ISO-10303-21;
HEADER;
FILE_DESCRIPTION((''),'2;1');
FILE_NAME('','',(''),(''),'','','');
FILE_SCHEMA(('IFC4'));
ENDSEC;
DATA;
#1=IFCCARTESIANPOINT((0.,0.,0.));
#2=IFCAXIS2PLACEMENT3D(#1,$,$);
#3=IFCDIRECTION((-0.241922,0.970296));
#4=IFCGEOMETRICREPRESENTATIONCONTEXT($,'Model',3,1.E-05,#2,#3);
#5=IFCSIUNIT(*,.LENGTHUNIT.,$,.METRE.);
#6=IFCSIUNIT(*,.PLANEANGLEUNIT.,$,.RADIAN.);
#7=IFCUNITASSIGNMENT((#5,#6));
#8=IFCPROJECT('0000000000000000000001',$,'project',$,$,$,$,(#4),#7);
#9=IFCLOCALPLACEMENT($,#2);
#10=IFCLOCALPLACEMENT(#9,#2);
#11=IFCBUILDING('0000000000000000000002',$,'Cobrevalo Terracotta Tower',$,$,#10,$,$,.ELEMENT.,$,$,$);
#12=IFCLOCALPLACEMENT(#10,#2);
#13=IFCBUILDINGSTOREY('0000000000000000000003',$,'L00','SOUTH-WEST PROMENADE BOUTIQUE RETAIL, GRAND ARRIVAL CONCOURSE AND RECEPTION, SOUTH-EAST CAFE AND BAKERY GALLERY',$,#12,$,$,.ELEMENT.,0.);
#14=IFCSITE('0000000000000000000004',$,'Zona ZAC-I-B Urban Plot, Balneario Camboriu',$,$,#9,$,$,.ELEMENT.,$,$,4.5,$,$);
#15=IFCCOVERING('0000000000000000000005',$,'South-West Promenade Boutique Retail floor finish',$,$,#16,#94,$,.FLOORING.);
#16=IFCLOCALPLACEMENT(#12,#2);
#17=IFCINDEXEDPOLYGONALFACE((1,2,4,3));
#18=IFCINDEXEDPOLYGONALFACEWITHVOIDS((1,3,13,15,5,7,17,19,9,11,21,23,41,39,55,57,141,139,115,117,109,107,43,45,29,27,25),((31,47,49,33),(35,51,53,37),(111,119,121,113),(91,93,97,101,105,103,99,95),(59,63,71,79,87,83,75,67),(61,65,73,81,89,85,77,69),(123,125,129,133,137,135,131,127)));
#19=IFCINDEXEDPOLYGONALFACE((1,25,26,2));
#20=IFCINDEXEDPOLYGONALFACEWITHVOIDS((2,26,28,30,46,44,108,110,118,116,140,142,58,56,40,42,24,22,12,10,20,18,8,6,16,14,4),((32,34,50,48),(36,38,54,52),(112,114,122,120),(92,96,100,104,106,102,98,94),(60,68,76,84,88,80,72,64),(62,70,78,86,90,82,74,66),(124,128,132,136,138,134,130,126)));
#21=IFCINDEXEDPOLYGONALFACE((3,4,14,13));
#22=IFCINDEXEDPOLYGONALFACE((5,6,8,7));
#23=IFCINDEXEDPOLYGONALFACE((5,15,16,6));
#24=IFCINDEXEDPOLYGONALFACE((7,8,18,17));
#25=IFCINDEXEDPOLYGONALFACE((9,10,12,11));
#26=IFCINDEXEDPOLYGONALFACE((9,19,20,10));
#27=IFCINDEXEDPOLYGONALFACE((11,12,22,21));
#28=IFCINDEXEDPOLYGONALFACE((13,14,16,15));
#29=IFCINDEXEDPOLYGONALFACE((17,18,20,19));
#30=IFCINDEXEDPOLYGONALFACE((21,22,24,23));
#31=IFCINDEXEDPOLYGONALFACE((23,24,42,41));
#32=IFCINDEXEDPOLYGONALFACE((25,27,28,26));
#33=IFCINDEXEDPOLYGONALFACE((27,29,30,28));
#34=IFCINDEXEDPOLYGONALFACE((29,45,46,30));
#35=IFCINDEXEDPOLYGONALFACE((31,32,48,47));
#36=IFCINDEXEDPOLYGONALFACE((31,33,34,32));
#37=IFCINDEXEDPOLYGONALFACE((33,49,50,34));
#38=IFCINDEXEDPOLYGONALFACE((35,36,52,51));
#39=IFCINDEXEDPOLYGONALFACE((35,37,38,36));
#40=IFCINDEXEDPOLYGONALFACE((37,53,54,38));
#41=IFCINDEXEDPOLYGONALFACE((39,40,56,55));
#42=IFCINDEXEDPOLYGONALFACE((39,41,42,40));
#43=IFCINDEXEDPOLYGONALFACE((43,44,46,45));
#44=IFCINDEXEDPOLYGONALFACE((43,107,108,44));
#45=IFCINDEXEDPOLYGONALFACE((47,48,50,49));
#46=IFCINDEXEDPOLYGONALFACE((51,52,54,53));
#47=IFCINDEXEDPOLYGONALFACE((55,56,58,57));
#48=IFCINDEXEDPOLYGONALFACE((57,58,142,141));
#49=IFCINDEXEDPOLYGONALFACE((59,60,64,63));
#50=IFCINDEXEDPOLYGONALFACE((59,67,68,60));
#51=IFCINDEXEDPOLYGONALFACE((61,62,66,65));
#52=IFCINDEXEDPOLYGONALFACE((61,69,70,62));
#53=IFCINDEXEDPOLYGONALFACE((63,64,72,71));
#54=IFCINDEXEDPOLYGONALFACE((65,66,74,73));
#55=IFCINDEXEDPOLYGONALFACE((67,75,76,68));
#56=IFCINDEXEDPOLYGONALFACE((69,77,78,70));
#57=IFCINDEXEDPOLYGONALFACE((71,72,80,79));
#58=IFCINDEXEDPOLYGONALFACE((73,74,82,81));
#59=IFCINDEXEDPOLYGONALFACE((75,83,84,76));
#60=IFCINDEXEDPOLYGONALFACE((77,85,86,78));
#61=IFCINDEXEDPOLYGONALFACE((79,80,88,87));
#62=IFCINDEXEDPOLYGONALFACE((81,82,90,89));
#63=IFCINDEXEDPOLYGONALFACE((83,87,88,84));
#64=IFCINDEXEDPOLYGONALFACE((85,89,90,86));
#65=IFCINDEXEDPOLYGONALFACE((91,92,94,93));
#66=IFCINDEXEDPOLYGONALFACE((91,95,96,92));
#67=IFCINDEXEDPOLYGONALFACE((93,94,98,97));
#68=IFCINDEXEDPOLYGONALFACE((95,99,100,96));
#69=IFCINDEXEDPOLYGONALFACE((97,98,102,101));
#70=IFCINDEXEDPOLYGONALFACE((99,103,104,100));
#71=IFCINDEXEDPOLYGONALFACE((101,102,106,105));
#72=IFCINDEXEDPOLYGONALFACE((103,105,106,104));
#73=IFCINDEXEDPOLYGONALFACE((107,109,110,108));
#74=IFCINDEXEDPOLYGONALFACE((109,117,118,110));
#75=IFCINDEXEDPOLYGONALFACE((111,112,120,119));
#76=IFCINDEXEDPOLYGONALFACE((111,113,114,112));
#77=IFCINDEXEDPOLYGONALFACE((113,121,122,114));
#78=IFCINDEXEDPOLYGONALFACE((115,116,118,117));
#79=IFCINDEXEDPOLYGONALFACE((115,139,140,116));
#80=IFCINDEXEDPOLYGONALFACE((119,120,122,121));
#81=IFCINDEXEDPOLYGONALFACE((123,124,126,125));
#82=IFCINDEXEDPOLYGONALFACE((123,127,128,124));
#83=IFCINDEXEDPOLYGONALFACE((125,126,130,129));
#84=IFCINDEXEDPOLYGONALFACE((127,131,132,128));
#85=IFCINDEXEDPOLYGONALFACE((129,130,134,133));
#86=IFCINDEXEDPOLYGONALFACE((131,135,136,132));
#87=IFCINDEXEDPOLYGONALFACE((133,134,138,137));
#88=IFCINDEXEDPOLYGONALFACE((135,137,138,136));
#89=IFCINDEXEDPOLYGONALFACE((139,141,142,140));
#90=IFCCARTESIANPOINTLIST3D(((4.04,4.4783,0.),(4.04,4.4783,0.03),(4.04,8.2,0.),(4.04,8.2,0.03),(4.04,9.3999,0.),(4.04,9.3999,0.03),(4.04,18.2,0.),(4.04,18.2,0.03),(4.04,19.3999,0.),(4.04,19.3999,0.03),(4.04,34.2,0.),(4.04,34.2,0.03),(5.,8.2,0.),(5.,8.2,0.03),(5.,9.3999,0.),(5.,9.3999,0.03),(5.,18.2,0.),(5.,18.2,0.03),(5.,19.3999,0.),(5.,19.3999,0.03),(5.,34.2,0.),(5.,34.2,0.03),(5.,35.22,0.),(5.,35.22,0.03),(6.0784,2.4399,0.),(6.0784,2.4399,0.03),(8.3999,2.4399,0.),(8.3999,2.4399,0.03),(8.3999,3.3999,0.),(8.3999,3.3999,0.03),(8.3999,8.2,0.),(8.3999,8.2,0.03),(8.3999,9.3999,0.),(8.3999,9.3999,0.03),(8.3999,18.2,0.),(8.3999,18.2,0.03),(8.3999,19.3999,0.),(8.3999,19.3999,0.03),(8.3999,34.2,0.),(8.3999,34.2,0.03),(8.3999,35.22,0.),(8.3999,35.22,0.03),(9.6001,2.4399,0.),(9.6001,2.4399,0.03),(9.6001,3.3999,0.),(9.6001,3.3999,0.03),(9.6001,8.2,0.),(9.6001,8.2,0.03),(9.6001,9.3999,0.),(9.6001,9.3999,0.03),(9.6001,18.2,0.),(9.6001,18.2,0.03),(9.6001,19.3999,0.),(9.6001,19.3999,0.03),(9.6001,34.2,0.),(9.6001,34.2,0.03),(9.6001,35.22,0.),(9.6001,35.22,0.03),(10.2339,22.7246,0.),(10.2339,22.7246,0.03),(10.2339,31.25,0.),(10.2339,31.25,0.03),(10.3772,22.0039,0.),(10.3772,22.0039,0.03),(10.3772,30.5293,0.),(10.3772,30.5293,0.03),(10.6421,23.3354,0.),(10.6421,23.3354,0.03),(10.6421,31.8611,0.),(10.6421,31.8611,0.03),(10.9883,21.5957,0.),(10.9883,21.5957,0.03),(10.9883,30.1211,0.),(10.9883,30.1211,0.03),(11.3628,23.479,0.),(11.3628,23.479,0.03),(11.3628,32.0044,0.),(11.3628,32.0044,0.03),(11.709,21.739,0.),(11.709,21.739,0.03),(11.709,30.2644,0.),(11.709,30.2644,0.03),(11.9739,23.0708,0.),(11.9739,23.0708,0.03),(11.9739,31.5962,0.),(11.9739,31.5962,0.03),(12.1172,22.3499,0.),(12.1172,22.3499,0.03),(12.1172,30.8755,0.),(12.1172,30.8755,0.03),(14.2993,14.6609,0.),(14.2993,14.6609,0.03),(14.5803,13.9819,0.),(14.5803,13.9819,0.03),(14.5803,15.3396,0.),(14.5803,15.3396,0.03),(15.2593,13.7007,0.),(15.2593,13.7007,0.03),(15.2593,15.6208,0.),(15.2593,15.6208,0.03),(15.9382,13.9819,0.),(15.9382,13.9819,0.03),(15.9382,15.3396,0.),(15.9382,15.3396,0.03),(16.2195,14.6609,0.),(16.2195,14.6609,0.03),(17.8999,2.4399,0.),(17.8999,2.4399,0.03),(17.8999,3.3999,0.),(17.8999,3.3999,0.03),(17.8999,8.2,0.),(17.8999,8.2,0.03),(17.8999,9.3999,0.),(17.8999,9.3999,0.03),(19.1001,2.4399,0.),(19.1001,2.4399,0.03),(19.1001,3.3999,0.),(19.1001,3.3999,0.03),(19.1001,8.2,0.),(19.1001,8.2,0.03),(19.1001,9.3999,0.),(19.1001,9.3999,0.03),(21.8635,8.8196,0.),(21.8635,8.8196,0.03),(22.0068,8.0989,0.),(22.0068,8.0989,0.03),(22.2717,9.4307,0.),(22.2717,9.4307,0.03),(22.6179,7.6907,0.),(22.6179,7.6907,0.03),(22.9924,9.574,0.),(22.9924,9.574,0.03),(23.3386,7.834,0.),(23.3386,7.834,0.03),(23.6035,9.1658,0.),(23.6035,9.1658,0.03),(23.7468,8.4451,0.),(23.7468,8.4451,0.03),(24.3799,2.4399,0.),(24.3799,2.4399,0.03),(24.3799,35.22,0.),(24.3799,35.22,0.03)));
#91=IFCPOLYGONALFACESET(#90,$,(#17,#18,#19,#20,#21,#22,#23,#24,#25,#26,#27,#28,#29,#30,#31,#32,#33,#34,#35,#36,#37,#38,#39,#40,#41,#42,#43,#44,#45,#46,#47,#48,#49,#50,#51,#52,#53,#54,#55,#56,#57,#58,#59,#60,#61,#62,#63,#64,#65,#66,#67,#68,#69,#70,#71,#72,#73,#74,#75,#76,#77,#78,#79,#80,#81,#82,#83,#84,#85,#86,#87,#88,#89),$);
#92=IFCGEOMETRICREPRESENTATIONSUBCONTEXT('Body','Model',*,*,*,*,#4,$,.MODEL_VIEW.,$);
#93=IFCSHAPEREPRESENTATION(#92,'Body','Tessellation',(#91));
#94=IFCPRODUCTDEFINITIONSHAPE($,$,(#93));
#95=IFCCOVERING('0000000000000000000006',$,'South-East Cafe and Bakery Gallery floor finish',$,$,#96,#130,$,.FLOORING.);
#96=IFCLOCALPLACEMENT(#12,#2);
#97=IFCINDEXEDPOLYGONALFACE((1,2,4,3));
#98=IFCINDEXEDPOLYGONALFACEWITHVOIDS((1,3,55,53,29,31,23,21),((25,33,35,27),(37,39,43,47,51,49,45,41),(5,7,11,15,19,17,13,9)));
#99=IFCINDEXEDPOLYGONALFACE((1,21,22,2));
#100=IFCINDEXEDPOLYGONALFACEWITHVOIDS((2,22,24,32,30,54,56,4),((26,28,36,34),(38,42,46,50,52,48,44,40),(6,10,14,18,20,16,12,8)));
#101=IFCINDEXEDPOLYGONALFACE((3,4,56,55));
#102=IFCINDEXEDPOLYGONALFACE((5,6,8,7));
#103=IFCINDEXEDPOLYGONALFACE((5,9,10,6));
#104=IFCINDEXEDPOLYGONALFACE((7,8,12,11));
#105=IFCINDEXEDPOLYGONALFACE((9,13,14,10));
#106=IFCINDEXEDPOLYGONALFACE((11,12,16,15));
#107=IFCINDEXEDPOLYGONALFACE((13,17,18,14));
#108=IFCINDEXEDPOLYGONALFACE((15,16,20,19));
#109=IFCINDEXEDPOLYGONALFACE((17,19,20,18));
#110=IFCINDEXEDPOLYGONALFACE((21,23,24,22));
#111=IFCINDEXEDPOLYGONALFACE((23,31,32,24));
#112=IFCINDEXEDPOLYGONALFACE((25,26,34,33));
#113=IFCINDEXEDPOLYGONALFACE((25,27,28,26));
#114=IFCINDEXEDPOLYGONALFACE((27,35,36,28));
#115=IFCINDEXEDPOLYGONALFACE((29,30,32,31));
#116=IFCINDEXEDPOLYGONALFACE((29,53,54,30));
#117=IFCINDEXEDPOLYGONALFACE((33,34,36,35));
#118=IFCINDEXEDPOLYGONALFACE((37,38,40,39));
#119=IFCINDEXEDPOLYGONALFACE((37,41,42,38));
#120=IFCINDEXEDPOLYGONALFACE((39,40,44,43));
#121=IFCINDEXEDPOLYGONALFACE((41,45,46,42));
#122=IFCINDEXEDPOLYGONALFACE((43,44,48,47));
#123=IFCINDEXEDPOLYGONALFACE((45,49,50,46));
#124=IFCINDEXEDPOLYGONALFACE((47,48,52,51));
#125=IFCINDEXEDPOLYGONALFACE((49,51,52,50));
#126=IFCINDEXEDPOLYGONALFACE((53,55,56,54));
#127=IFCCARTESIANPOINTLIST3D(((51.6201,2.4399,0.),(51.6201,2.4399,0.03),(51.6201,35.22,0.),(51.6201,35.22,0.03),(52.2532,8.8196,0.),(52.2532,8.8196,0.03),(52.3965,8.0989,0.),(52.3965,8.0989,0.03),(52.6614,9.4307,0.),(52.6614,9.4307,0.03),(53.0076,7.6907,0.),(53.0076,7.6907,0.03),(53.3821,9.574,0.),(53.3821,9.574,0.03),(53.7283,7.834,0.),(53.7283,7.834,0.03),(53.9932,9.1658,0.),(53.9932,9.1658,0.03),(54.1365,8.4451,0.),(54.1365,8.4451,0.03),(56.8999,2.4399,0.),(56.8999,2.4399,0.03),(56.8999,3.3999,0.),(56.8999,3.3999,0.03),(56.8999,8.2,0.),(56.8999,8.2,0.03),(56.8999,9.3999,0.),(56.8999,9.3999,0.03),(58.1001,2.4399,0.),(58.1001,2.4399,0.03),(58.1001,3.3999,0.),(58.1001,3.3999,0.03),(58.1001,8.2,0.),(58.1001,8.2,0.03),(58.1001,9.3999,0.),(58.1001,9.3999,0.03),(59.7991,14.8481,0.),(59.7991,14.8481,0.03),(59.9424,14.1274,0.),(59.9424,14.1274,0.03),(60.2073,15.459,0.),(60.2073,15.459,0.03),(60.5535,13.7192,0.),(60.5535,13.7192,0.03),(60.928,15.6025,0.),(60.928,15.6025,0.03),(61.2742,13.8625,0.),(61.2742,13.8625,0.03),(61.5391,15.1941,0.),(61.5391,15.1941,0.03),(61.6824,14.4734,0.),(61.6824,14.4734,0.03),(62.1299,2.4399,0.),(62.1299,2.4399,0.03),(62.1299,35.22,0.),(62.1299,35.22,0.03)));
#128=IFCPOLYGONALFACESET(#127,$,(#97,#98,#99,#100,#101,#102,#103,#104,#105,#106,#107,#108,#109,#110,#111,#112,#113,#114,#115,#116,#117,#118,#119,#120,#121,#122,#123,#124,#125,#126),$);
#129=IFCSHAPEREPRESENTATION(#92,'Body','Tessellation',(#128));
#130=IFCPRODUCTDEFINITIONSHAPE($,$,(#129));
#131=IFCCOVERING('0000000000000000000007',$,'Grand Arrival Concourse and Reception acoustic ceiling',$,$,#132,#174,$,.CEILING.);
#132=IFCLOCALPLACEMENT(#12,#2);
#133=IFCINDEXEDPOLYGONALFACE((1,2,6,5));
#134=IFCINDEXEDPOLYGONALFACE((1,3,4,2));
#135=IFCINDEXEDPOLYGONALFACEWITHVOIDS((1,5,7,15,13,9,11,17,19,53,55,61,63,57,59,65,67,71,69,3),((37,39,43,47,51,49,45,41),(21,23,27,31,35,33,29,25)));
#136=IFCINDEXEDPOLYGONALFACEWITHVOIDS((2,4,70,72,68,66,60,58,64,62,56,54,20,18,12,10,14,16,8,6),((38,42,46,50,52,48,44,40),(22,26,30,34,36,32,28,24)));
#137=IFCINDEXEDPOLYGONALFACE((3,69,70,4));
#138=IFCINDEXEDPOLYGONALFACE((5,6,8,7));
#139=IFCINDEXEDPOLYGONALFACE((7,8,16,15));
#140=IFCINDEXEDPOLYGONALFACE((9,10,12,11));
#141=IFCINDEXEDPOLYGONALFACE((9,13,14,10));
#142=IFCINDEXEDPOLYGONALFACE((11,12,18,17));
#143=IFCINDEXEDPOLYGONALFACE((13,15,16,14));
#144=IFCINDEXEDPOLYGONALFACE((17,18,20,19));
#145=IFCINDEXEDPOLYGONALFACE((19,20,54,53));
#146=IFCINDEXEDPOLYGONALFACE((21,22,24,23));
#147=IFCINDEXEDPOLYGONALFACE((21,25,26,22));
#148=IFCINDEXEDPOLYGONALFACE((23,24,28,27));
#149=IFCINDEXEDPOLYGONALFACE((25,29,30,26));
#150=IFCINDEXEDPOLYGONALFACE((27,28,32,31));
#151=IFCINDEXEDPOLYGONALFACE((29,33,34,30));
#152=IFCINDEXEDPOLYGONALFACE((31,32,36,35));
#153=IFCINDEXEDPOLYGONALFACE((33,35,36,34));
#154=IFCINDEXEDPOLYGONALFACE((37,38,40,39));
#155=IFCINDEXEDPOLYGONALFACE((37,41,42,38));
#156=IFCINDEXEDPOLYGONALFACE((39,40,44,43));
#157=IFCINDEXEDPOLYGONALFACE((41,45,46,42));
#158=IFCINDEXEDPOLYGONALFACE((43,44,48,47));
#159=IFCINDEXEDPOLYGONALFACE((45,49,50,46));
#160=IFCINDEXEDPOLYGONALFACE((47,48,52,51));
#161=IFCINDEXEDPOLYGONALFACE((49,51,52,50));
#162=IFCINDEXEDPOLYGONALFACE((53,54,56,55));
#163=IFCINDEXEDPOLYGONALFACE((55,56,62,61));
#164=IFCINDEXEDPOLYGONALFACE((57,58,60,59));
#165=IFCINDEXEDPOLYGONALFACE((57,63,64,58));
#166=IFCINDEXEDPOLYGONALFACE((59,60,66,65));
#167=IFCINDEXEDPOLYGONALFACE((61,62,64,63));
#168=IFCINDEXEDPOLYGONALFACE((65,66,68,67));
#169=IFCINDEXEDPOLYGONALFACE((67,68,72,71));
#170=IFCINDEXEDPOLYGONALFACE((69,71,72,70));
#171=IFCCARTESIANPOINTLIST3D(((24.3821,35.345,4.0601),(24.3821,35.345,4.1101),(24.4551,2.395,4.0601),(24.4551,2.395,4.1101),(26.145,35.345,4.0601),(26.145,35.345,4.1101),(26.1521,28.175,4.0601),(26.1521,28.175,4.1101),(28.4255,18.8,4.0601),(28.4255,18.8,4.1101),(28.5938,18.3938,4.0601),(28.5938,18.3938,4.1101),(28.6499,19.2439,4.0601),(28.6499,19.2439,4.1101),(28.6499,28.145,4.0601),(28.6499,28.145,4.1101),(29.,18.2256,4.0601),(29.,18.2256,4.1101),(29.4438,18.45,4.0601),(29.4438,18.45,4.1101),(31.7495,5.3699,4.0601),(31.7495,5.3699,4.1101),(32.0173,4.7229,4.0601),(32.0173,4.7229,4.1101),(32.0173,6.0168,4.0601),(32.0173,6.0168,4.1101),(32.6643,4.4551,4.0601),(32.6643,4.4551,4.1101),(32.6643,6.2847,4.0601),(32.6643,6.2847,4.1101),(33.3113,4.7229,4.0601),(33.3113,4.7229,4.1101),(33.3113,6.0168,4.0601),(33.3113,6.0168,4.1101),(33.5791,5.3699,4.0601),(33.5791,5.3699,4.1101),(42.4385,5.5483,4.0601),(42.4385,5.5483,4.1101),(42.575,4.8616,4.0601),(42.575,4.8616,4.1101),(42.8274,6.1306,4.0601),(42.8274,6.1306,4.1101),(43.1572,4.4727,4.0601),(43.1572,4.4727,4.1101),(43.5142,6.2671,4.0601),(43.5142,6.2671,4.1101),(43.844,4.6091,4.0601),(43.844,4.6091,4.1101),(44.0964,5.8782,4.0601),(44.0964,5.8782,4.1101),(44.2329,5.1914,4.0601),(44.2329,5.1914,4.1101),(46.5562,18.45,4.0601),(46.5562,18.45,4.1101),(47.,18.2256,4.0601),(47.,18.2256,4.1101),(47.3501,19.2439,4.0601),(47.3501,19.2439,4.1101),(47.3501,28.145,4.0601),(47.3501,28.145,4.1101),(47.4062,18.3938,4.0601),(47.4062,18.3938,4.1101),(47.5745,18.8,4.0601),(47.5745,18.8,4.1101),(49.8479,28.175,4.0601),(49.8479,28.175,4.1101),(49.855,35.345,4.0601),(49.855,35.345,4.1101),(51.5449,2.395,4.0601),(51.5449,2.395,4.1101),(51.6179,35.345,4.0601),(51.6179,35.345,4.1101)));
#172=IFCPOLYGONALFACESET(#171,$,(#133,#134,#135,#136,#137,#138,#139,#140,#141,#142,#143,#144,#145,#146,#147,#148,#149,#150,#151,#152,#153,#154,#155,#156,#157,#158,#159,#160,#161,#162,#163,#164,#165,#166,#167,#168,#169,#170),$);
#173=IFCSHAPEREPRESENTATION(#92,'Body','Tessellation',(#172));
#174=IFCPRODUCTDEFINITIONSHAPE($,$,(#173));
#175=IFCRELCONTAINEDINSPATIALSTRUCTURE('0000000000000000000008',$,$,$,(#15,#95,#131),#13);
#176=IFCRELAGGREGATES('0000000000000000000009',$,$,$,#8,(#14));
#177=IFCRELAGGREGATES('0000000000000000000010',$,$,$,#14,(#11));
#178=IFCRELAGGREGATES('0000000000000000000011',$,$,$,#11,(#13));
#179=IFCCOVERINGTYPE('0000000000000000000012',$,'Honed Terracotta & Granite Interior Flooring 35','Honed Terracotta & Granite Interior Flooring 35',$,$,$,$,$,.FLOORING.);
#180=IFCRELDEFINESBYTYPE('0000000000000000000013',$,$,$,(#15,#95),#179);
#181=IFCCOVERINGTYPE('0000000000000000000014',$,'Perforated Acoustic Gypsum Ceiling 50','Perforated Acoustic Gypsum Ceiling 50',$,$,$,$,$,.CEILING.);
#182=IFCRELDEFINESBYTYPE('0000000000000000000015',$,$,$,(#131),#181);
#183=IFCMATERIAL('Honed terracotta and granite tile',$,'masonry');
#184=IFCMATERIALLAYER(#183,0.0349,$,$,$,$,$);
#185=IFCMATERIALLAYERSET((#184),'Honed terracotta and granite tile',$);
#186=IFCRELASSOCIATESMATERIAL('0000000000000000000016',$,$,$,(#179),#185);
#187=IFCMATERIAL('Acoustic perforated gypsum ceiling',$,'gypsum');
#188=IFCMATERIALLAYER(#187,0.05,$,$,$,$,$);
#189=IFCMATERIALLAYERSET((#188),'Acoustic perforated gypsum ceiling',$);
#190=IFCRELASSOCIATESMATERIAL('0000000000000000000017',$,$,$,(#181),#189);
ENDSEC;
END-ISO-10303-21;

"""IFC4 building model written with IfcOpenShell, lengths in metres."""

from ifc_helpers import new_model, si_unit, direction, frame, origin, place, context, subcontext, project, spatial, polyline, outline, extrude, material, layer, layer_set, type_object, element, save


model = new_model("IFC4")

# Units and contexts
model_context = context("Model", 3, precision=1e-05, world=origin(), true_north=direction((-0.241922, 0.970296)))
body_context = subcontext(model_context, "Body", "Model", "MODEL_VIEW")
ifc_project = project(units=[si_unit("LENGTHUNIT", "METRE"), si_unit("PLANEANGLEUNIT", "RADIAN")], contexts=[model_context])

# Site, building, storey
site_placement = place(None, origin())
site = spatial("IfcSite", under=ifc_project, at=site_placement, Name="Zona ZAC-I-B Urban Plot, Balneario Camboriu", CompositionType="ELEMENT", RefElevation=4.5)
building_placement = place(site_placement, origin())
building = spatial("IfcBuilding", under=site, at=building_placement, Name="Cobrevalo Terracotta Tower", CompositionType="ELEMENT")
storey_placement = place(building_placement, origin())
storey = spatial("IfcBuildingStorey", under=building, at=storey_placement, Name="L00", Description="SOUTH-WEST PROMENADE BOUTIQUE RETAIL, GRAND ARRIVAL CONCOURSE AND RECEPTION, SOUTH-EAST CAFE AND BAKERY GALLERY", CompositionType="ELEMENT", Elevation=0.0)

# Coverings
ifc_material_1 = material(Name="Honed terracotta and granite tile", Category="masonry")
ifc_layer_1 = layer(ifc_material_1, 0.0349)
ifc_layer_set_1 = layer_set([ifc_layer_1], Name="Honed terracotta and granite tile")
covering_type_1 = type_object("IfcCoveringType", Name="Honed Terracotta & Granite Interior Flooring 35", Description="Honed Terracotta & Granite Interior Flooring 35", PredefinedType="FLOORING", material=ifc_layer_set_1)
covering_1_placement = place(storey_placement, origin())
element("IfcCovering", 1, at=covering_1_placement, inside=storey, type_object=covering_type_1, Name="South-West Promenade Boutique Retail floor finish", PredefinedType="FLOORING", context=body_context, shape_type="SweptSolid", body=[
    extrude(outline(polyline([(4.04, 4.4783), (4.04, 8.2), (5.0, 8.2), (5.0, 9.3999), (4.04, 9.3999), (4.04, 18.2), (5.0, 18.2), (5.0, 19.3999), (4.04, 19.3999), (4.04, 34.2), (5.0, 34.2), (5.0, 35.22), (8.3999, 35.22), (8.3999, 34.2), (9.6001, 34.2), (9.6001, 35.22), (24.3799, 35.22), (24.3799, 2.4399), (19.1001, 2.4399), (19.1001, 3.3999), (17.8999, 3.3999), (17.8999, 2.4399), (9.6001, 2.4399), (9.6001, 3.3999), (8.3999, 3.3999), (8.3999, 2.4399), (6.0784, 2.4399), (4.04, 4.4783)]), holes=[polyline([(23.3386, 7.834), (23.7468, 8.4451), (23.6035, 9.1658), (22.9924, 9.574), (22.2717, 9.4307), (21.8635, 8.8196), (22.0068, 8.0989), (22.6179, 7.6907), (23.3386, 7.834)]), polyline([(17.8999, 9.3999), (17.8999, 8.2), (19.1001, 8.2), (19.1001, 9.3999), (17.8999, 9.3999)]), polyline([(15.9382, 13.9819), (16.2195, 14.6609), (15.9382, 15.3396), (15.2593, 15.6208), (14.5803, 15.3396), (14.2993, 14.6609), (14.5803, 13.9819), (15.2593, 13.7007), (15.9382, 13.9819)]), polyline([(11.709, 21.739), (12.1172, 22.3499), (11.9739, 23.0708), (11.3628, 23.479), (10.6421, 23.3354), (10.2339, 22.7246), (10.3772, 22.0039), (10.9883, 21.5957), (11.709, 21.739)]), polyline([(11.709, 30.2644), (12.1172, 30.8755), (11.9739, 31.5962), (11.3628, 32.0044), (10.6421, 31.8611), (10.2339, 31.25), (10.3772, 30.5293), (10.9883, 30.1211), (11.709, 30.2644)]), polyline([(8.3999, 9.3999), (8.3999, 8.2), (9.6001, 8.2), (9.6001, 9.3999), (8.3999, 9.3999)]), polyline([(8.3999, 19.3999), (8.3999, 18.2), (9.6001, 18.2), (9.6001, 19.3999), (8.3999, 19.3999)])]), origin(), (0.0, 0.0, 1.0), 0.03),
])
covering_2_placement = place(storey_placement, origin())
element("IfcCovering", 2, at=covering_2_placement, inside=storey, type_object=covering_type_1, Name="South-East Cafe and Bakery Gallery floor finish", PredefinedType="FLOORING", context=body_context, shape_type="SweptSolid", body=[
    extrude(outline(polyline([(51.6201, 35.22), (62.1299, 35.22), (62.1299, 2.4399), (58.1001, 2.4399), (58.1001, 3.3999), (56.8999, 3.3999), (56.8999, 2.4399), (51.6201, 2.4399), (51.6201, 35.22)]), holes=[polyline([(61.2742, 13.8625), (61.6824, 14.4734), (61.5391, 15.1941), (60.928, 15.6025), (60.2073, 15.459), (59.7991, 14.8481), (59.9424, 14.1274), (60.5535, 13.7192), (61.2742, 13.8625)]), polyline([(56.8999, 9.3999), (56.8999, 8.2), (58.1001, 8.2), (58.1001, 9.3999), (56.8999, 9.3999)]), polyline([(53.7283, 7.834), (54.1365, 8.4451), (53.9932, 9.1658), (53.3821, 9.574), (52.6614, 9.4307), (52.2532, 8.8196), (52.3965, 8.0989), (53.0076, 7.6907), (53.7283, 7.834)])]), origin(), (0.0, 0.0, 1.0), 0.03),
])
ifc_material_2 = material(Name="Acoustic perforated gypsum ceiling", Category="gypsum")
ifc_layer_2 = layer(ifc_material_2, 0.05)
ifc_layer_set_2 = layer_set([ifc_layer_2], Name="Acoustic perforated gypsum ceiling")
covering_type_2 = type_object("IfcCoveringType", Name="Perforated Acoustic Gypsum Ceiling 50", Description="Perforated Acoustic Gypsum Ceiling 50", PredefinedType="CEILING", material=ifc_layer_set_2)
covering_3_placement = place(storey_placement, frame((0.0, 0.0, 4.0601)))
element("IfcCovering", 3, at=covering_3_placement, inside=storey, type_object=covering_type_2, Name="Grand Arrival Concourse and Reception acoustic ceiling", PredefinedType="CEILING", context=body_context, shape_type="SweptSolid", body=[
    extrude(outline(polyline([(26.145, 35.345), (26.1521, 28.175), (28.6499, 28.145), (28.6499, 19.2439), (28.4255, 18.8), (28.5938, 18.3938), (29.0, 18.2256), (29.4438, 18.45), (46.5562, 18.45), (47.0, 18.2256), (47.4062, 18.3938), (47.5745, 18.8), (47.3501, 19.2439), (47.3501, 28.145), (49.8479, 28.175), (49.855, 35.345), (51.6179, 35.345), (51.5449, 2.395), (24.4551, 2.395), (24.3821, 35.345), (26.145, 35.345)]), holes=[polyline([(43.844, 4.6091), (44.2329, 5.1914), (44.0964, 5.8782), (43.5142, 6.2671), (42.8274, 6.1306), (42.4385, 5.5483), (42.575, 4.8616), (43.1572, 4.4727), (43.844, 4.6091)]), polyline([(33.3113, 4.7229), (33.5791, 5.3699), (33.3113, 6.0168), (32.6643, 6.2847), (32.0173, 6.0168), (31.7495, 5.3699), (32.0173, 4.7229), (32.6643, 4.4551), (33.3113, 4.7229)])]), origin(), (0.0, 0.0, 1.0), 0.05),
])

save(model, "model.ifc")
